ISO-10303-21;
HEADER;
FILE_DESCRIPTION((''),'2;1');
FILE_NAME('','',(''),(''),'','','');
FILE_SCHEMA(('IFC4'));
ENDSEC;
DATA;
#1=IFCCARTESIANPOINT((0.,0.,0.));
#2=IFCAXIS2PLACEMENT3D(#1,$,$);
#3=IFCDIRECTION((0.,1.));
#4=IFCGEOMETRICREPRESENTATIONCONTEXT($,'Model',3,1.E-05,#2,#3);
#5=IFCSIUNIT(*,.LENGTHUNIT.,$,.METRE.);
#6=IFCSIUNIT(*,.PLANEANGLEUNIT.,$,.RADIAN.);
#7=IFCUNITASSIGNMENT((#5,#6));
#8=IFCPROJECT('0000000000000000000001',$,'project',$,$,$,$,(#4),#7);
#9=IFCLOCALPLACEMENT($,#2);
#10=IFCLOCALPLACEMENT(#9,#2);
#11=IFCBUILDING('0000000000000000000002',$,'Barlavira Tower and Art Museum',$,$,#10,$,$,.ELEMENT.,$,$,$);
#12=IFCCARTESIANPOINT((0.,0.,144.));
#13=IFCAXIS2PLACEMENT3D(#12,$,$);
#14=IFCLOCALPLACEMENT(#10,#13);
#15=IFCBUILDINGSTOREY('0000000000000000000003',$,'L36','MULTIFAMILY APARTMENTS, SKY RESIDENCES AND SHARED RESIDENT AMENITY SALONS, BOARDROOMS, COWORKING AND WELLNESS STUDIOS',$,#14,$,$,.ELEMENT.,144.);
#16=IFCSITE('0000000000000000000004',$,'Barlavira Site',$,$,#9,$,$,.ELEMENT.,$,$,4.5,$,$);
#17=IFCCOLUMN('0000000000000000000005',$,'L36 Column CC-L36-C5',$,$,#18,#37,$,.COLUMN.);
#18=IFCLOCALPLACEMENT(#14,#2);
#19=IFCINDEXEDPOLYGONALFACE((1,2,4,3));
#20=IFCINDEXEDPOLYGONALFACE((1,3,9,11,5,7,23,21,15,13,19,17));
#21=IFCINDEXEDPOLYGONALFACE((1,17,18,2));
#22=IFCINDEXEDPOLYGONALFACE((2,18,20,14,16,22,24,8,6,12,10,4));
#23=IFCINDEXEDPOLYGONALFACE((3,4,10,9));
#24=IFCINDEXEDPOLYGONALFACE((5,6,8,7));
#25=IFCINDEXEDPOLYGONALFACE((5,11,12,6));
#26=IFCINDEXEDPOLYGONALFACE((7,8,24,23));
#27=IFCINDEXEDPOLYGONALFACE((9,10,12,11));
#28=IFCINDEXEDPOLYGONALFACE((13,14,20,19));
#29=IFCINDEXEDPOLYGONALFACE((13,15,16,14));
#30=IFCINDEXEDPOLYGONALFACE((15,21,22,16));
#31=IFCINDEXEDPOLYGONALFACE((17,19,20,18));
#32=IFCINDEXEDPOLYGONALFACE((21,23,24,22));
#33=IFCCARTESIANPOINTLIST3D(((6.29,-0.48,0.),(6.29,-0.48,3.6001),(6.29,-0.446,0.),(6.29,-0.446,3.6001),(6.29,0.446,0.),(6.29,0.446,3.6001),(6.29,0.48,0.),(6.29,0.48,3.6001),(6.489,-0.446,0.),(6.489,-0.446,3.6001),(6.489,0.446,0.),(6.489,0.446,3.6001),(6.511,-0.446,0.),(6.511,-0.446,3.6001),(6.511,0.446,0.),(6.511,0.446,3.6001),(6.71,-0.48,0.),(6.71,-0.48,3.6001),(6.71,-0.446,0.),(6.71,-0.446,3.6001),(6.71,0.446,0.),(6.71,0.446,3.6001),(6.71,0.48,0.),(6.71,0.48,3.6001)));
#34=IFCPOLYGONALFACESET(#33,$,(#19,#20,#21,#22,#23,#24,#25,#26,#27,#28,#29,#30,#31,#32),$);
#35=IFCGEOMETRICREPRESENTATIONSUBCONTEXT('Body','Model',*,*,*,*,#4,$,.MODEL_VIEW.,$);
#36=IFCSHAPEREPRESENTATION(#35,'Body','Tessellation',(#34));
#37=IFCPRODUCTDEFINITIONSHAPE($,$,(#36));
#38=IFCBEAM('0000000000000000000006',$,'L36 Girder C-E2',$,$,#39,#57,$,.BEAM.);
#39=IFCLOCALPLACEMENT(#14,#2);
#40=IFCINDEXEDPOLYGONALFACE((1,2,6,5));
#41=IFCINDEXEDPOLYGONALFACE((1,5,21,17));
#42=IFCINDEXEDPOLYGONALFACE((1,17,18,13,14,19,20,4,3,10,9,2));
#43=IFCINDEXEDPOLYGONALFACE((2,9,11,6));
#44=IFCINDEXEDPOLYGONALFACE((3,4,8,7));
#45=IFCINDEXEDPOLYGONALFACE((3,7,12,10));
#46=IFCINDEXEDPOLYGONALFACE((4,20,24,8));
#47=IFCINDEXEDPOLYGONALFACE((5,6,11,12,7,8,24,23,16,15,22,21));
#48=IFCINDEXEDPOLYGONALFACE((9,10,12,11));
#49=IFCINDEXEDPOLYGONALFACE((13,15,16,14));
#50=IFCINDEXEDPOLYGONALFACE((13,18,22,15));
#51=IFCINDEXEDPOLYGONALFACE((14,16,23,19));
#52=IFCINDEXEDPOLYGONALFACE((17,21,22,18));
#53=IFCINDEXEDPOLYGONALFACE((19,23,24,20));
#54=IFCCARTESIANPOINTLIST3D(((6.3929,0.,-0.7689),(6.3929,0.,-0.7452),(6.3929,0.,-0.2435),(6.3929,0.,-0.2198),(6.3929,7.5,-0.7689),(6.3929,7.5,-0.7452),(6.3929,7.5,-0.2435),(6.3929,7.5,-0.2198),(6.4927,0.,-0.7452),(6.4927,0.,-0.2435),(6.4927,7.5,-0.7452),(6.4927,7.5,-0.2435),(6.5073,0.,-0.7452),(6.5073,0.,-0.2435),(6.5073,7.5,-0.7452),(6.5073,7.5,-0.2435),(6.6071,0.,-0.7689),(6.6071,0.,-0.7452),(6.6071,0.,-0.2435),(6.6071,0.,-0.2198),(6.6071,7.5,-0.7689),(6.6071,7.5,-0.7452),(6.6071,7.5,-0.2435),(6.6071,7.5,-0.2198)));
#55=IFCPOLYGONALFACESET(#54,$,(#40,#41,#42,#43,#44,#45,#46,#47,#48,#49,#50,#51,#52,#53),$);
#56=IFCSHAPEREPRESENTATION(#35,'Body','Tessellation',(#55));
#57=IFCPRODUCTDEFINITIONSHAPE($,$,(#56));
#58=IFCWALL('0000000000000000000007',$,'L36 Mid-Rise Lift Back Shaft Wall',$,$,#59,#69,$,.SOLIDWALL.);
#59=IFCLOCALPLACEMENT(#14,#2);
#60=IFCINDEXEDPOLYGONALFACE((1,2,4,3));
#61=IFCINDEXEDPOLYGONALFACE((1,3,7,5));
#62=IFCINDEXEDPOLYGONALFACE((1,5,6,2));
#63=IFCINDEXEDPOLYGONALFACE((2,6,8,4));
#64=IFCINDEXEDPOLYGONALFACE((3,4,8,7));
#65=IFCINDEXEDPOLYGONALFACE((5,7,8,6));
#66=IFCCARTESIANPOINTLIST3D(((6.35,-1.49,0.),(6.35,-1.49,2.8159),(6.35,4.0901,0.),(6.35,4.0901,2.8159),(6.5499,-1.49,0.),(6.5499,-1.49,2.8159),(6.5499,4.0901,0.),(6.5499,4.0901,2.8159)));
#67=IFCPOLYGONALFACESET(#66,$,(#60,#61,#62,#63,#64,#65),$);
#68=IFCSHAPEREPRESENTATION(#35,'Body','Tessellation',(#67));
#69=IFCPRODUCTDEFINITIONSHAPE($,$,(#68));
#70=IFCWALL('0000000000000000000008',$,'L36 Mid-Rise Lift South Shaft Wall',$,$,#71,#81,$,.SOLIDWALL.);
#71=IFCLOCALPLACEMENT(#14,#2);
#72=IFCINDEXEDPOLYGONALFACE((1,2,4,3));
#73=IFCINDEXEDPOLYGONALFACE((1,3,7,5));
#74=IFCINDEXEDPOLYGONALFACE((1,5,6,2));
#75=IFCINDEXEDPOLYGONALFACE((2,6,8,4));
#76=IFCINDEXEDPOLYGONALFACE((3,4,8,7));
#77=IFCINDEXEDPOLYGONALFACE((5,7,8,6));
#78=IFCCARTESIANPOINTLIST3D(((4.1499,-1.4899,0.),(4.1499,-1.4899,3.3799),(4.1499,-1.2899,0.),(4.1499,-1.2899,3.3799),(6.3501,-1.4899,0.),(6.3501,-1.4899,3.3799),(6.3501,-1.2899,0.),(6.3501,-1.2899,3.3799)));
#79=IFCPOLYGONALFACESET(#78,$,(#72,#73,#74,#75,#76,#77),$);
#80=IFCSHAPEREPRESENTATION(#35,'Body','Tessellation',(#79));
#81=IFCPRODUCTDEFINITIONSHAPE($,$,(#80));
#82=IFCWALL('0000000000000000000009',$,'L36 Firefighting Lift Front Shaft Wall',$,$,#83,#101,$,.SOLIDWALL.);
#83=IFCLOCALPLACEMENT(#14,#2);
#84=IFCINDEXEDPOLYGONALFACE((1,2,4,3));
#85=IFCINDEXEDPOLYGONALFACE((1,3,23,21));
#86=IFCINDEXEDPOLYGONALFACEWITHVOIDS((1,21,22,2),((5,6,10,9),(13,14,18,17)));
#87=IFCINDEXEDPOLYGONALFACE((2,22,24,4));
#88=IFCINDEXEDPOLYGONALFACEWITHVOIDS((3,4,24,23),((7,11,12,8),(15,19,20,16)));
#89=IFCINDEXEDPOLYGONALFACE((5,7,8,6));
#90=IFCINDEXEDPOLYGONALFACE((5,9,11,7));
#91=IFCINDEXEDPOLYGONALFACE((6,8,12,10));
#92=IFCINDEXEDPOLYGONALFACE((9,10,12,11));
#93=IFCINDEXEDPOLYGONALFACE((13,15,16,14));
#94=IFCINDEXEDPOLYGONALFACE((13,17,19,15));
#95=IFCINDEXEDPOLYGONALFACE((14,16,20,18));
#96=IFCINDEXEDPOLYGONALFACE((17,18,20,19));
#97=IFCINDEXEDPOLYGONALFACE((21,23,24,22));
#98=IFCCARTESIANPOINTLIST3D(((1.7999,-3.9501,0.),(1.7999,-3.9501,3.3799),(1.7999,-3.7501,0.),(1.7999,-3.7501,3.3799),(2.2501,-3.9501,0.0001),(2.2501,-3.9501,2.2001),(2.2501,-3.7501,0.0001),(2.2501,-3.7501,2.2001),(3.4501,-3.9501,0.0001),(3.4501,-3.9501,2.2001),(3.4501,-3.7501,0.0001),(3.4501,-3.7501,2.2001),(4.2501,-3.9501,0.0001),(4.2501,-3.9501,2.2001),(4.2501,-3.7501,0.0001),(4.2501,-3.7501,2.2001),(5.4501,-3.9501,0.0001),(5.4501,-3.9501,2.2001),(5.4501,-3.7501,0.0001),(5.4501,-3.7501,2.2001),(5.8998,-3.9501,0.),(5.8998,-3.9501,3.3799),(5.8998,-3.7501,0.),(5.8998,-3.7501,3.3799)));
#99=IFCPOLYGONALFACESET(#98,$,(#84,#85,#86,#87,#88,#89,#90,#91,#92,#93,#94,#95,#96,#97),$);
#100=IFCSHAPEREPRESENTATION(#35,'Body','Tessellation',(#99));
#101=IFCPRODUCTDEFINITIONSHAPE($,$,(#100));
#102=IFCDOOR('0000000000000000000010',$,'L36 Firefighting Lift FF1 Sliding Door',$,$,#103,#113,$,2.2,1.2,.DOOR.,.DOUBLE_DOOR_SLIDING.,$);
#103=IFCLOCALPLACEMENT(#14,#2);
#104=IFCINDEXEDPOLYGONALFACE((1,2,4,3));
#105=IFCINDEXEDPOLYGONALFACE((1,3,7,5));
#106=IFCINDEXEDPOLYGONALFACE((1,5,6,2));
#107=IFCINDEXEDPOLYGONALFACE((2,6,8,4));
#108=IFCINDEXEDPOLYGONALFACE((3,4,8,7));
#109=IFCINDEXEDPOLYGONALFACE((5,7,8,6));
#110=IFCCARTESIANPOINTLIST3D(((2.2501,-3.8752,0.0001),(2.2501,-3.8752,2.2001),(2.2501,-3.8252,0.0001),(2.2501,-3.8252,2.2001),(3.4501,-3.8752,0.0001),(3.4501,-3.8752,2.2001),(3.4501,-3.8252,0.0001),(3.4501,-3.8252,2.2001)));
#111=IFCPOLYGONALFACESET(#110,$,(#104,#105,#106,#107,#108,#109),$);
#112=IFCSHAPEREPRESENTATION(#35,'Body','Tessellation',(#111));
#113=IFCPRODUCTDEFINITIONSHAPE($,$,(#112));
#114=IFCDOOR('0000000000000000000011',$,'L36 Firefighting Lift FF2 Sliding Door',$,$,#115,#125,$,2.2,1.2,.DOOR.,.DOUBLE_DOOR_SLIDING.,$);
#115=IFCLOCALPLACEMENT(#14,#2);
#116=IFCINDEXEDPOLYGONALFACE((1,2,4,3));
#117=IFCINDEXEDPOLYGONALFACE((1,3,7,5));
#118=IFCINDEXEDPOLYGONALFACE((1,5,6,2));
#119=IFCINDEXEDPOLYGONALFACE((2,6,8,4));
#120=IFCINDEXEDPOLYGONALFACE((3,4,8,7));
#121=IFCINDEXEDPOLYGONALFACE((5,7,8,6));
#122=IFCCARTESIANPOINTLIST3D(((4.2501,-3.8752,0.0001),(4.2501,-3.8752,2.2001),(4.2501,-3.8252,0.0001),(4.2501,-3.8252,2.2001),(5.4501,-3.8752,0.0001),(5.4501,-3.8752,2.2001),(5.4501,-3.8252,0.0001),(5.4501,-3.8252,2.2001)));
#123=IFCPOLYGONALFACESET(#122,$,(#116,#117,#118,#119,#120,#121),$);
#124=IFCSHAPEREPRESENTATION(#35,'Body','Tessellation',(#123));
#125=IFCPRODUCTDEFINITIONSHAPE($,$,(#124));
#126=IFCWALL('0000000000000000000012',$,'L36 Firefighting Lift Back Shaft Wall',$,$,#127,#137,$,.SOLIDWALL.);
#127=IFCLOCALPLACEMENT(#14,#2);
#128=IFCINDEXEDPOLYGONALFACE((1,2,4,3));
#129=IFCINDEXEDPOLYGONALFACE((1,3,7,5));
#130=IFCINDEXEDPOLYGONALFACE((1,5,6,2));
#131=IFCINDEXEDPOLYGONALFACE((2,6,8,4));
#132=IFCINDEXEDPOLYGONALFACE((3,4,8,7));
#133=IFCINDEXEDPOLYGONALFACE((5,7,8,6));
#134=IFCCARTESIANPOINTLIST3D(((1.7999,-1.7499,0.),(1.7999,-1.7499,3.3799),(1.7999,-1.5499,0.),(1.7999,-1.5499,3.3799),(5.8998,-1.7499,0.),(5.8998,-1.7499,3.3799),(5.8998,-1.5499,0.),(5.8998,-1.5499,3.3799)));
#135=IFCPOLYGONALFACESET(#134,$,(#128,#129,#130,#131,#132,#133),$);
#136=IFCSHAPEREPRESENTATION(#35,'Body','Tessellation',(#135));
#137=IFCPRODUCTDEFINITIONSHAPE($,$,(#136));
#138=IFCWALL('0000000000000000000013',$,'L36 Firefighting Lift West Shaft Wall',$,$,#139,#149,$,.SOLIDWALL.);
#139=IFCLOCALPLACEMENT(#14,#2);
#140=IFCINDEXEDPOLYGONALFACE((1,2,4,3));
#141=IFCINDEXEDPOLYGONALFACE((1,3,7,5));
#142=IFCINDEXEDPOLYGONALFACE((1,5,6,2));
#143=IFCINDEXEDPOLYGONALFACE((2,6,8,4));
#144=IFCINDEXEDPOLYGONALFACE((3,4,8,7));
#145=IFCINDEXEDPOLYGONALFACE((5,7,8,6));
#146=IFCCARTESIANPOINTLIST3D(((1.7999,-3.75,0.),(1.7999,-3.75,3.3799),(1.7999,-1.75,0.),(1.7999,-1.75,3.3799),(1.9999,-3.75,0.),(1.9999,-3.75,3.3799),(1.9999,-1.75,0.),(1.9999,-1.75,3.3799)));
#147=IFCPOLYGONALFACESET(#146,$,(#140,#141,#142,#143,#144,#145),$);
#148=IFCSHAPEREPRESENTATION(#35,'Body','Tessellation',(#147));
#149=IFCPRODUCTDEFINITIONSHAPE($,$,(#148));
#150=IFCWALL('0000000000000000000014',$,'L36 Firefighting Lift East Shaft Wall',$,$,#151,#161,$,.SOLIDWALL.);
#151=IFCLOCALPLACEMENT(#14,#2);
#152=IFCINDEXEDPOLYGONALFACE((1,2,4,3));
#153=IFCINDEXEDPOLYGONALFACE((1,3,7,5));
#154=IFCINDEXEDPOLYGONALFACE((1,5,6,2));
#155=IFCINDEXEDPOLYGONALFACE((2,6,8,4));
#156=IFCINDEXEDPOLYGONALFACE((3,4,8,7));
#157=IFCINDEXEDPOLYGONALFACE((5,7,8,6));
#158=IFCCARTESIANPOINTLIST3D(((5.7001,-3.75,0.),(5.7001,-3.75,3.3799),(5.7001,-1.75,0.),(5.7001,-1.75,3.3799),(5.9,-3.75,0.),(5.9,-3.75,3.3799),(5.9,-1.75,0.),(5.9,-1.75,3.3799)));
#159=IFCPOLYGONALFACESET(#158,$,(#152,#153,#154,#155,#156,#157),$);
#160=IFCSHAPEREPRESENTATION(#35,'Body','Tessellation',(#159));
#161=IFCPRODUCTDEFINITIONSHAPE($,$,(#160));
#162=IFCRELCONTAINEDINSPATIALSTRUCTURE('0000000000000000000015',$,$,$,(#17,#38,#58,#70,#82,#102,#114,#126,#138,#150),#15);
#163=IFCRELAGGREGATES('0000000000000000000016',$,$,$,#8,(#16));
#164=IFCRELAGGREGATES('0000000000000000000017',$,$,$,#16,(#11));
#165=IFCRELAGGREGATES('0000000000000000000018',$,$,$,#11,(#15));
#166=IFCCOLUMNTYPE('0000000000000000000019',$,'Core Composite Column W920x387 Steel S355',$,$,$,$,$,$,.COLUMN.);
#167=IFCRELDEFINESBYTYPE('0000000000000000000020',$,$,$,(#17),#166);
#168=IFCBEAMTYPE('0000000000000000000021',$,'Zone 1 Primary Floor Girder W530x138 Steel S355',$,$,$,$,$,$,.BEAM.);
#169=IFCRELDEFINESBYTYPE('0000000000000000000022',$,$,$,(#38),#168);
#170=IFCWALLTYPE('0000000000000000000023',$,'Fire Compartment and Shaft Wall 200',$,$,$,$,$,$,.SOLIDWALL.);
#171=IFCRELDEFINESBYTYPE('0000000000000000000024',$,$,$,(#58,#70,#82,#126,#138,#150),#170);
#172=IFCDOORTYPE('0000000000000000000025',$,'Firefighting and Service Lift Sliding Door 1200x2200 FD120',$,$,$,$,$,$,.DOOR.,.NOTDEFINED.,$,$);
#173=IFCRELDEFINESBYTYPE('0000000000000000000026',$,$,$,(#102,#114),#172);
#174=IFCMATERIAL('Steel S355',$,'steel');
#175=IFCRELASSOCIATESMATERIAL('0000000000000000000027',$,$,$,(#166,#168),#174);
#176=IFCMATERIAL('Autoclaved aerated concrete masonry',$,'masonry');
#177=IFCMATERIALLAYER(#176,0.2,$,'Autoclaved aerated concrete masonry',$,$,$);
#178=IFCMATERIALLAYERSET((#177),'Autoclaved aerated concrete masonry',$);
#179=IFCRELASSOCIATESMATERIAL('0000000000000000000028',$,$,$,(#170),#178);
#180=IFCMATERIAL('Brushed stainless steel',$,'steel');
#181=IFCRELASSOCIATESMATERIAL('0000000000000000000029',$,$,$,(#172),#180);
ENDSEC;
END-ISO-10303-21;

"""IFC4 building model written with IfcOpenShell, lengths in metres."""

from ifc_helpers import new_model, si_unit, direction, frame, frame_2d, origin, origin_2d, place, context, subcontext, project, spatial, rectangle, i_section, extrude, material, layer, layer_set, material_profile, profile_set, type_object, element, fill, save


model = new_model("IFC4")

# Units and contexts
model_context = context("Model", 3, precision=1e-05, world=origin(), true_north=direction((0.0, 1.0)))
body_context = subcontext(model_context, "Body", "Model", "MODEL_VIEW")
ifc_project = project(units=[si_unit("LENGTHUNIT", "METRE"), si_unit("PLANEANGLEUNIT", "RADIAN")], contexts=[model_context])

# Site, building, storey
site_placement = place(None, origin())
site = spatial("IfcSite", under=ifc_project, at=site_placement, Name="Barlavira Site", CompositionType="ELEMENT", RefElevation=4.5)
building_placement = place(site_placement, origin())
building = spatial("IfcBuilding", under=site, at=building_placement, Name="Barlavira Tower and Art Museum", CompositionType="ELEMENT")
storey_placement = place(building_placement, frame((0.0, 0.0, 144.0)))
storey = spatial("IfcBuildingStorey", under=building, at=storey_placement, Name="L36", Description="MULTIFAMILY APARTMENTS, SKY RESIDENCES AND SHARED RESIDENT AMENITY SALONS, BOARDROOMS, COWORKING AND WELLNESS STUDIOS", CompositionType="ELEMENT", Elevation=144.0)

# Column
ifc_material_1 = material(Name="Steel S355", Category="steel")
ifc_material_profile_1 = material_profile(ifc_material_1, i_section(OverallWidth=0.4199, OverallDepth=0.96, WebThickness=0.022, FlangeThickness=0.0339, at=origin_2d()), Name="W920x387.0")
ifc_profile_set_1 = profile_set([ifc_material_profile_1], Name="Steel S355")
column_type = type_object("IfcColumnType", Name="Core Composite Column W920x387 Steel S355", PredefinedType="COLUMN", material=ifc_profile_set_1)
column_placement = place(storey_placement, frame((6.5, 0.0, 0.0), z_axis=(0.0, 0.0, 1.0), x_axis=(1.0, 0.0, 0.0)))
element("IfcColumn", 1, at=column_placement, inside=storey, type_object=column_type, Name="L36 Column CC-L36-C5", PredefinedType="COLUMN", context=body_context, shape_type="SweptSolid", body=[
    extrude(i_section(OverallWidth=0.4199, OverallDepth=0.96, WebThickness=0.022, FlangeThickness=0.0339, at=origin_2d()), origin(), (0.0, 0.0, 1.0), 3.6001),
])

# Beam
ifc_material_profile_2 = material_profile(ifc_material_1, i_section(OverallWidth=0.2141, OverallDepth=0.5491, WebThickness=0.0146, FlangeThickness=0.0237, at=origin_2d()), Name="W530x138.0")
ifc_profile_set_2 = profile_set([ifc_material_profile_2], Name="Steel S355")
beam_type = type_object("IfcBeamType", Name="Zone 1 Primary Floor Girder W530x138 Steel S355", PredefinedType="BEAM", material=ifc_profile_set_2)
beam_placement = place(storey_placement, frame((6.5, 0.0, -0.4944), z_axis=(0.0, 1.0, 0.0), x_axis=(-1.0, 0.0, 0.0)))
element("IfcBeam", 2, at=beam_placement, inside=storey, type_object=beam_type, Name="L36 Girder C-E2", PredefinedType="BEAM", context=body_context, shape_type="SweptSolid", body=[
    extrude(i_section(OverallWidth=0.2141, OverallDepth=0.5491, WebThickness=0.0146, FlangeThickness=0.0237, at=origin_2d()), origin(), (0.0, 0.0, 1.0), 7.5),
])

# Shared definitions
ifc_material_2 = material(Name="Autoclaved aerated concrete masonry", Category="masonry")
ifc_layer = layer(ifc_material_2, 0.2, Name="Autoclaved aerated concrete masonry")
ifc_layer_set = layer_set([ifc_layer], Name="Autoclaved aerated concrete masonry")
wall_type = type_object("IfcWallType", Name="Fire Compartment and Shaft Wall 200", PredefinedType="SOLIDWALL", material=ifc_layer_set)
ifc_material_3 = material(Name="Brushed stainless steel", Category="steel")

# Walls
wall_1_placement = place(storey_placement, frame((6.45, -1.49, 0.0), z_axis=(0.0, 0.0, 1.0), x_axis=(0.0, 1.0, 0.0)))
element("IfcWall", 3, at=wall_1_placement, inside=storey, type_object=wall_type, Name="L36 Mid-Rise Lift Back Shaft Wall", PredefinedType="SOLIDWALL", context=body_context, shape_type="SweptSolid", body=[
    extrude(rectangle(XDim=5.5801, YDim=0.2, at=frame_2d((2.79, 0.0))), origin(), (0.0, 0.0, 1.0), 2.8159),
])
wall_2_placement = place(storey_placement, frame((4.1499, -1.3899, 0.0), z_axis=(0.0, 0.0, 1.0), x_axis=(1.0, 0.0, 0.0)))
element("IfcWall", 4, at=wall_2_placement, inside=storey, type_object=wall_type, Name="L36 Mid-Rise Lift South Shaft Wall", PredefinedType="SOLIDWALL", context=body_context, shape_type="SweptSolid", body=[
    extrude(rectangle(XDim=2.2002, YDim=0.2, at=frame_2d((1.1001, 0.0))), origin(), (0.0, 0.0, 1.0), 3.3799),
])

# Wall, openings, doors
wall_3_placement = place(storey_placement, frame((1.8, -3.8501, 0.0), z_axis=(0.0, 0.0, 1.0), x_axis=(1.0, 0.0, 0.0)))
wall_3 = element("IfcWall", 5, at=wall_3_placement, inside=storey, type_object=wall_type, Name="L36 Firefighting Lift Front Shaft Wall", PredefinedType="SOLIDWALL", context=body_context, shape_type="SweptSolid", body=[
    extrude(rectangle(XDim=4.0999, YDim=0.2, at=frame_2d((2.0498, 0.0))), origin(), (0.0, 0.0, 1.0), 3.3799),
])
opening_1_placement = place(wall_3_placement, frame((0.45, 0.0, 0.0)))
opening_1 = element("IfcOpeningElement", 6, at=opening_1_placement, cuts=wall_3, PredefinedType="OPENING", context=body_context, shape_type="SweptSolid", body=[
    extrude(rectangle(XDim=1.2, YDim=2.2, at=frame_2d((0.6001, 1.1001))), frame((0.0, 0.1099, 0.0), z_axis=(0.0, -1.0, 0.0), x_axis=(1.0, 0.0, 0.0)), (0.0, 0.0, 1.0), 0.22),
])
opening_2_placement = place(wall_3_placement, frame((2.45, 0.0, 0.0)))
opening_2 = element("IfcOpeningElement", 7, at=opening_2_placement, cuts=wall_3, PredefinedType="OPENING", context=body_context, shape_type="SweptSolid", body=[
    extrude(rectangle(XDim=1.2, YDim=2.2, at=frame_2d((0.6001, 1.1001))), frame((0.0, 0.1099, 0.0), z_axis=(0.0, -1.0, 0.0), x_axis=(1.0, 0.0, 0.0)), (0.0, 0.0, 1.0), 0.22),
])
door_type_1 = type_object("IfcDoorType", Name="Firefighting and Service Lift Sliding Door 1200x2200 FD120", OperationType="NOTDEFINED", PredefinedType="DOOR", material=ifc_material_3)
door_1_placement = place(opening_1_placement, origin())
door_1 = element("IfcDoor", 8, at=door_1_placement, inside=storey, type_object=door_type_1, Name="L36 Firefighting Lift FF1 Sliding Door", OperationType="DOUBLE_DOOR_SLIDING", OverallHeight=2.2, OverallWidth=1.2, PredefinedType="DOOR", context=body_context, shape_type="SweptSolid", body=[
    extrude(rectangle(XDim=1.2, YDim=2.2, at=frame_2d((0.6001, 1.1001))), frame((0.0, 0.0249, 0.0), z_axis=(0.0, -1.0, 0.0), x_axis=(1.0, 0.0, 0.0)), (0.0, 0.0, 1.0), 0.05),
])
fill(opening_1, door_1)
door_2_placement = place(opening_2_placement, origin())
door_2 = element("IfcDoor", 9, at=door_2_placement, inside=storey, type_object=door_type_1, Name="L36 Firefighting Lift FF2 Sliding Door", OperationType="DOUBLE_DOOR_SLIDING", OverallHeight=2.2, OverallWidth=1.2, PredefinedType="DOOR", context=body_context, shape_type="SweptSolid", body=[
    extrude(rectangle(XDim=1.2, YDim=2.2, at=frame_2d((0.6001, 1.1001))), frame((0.0, 0.0249, 0.0), z_axis=(0.0, -1.0, 0.0), x_axis=(1.0, 0.0, 0.0)), (0.0, 0.0, 1.0), 0.05),
])
fill(opening_2, door_2)

# Walls
wall_4_placement = place(storey_placement, frame((1.8, -1.6499, 0.0), z_axis=(0.0, 0.0, 1.0), x_axis=(1.0, 0.0, 0.0)))
element("IfcWall", 10, at=wall_4_placement, inside=storey, type_object=wall_type, Name="L36 Firefighting Lift Back Shaft Wall", PredefinedType="SOLIDWALL", context=body_context, shape_type="SweptSolid", body=[
    extrude(rectangle(XDim=4.0999, YDim=0.2, at=frame_2d((2.0498, 0.0))), origin(), (0.0, 0.0, 1.0), 3.3799),
])
for number, where, z_axis, x_axis, name in (
    (11, (1.8999, -3.75, 0.0), (0.0, 0.0, 1.0), (0.0, 1.0, 0.0), "L36 Firefighting Lift West Shaft Wall"),
    (12, (5.8, -3.75, 0.0), (0.0, 0.0, 1.0), (0.0, 1.0, 0.0), "L36 Firefighting Lift East Shaft Wall"),
):
    element("IfcWall", number, at=place(storey_placement, frame(where, z_axis=z_axis, x_axis=x_axis)), inside=storey, type_object=wall_type, Name=name, PredefinedType="SOLIDWALL", context=body_context, shape_type="SweptSolid", body=[
        extrude(rectangle(XDim=2.0, YDim=0.2, at=frame_2d((1.0, 0.0))), origin(), (0.0, 0.0, 1.0), 3.3799),
    ])

save(model, "model.ifc")
